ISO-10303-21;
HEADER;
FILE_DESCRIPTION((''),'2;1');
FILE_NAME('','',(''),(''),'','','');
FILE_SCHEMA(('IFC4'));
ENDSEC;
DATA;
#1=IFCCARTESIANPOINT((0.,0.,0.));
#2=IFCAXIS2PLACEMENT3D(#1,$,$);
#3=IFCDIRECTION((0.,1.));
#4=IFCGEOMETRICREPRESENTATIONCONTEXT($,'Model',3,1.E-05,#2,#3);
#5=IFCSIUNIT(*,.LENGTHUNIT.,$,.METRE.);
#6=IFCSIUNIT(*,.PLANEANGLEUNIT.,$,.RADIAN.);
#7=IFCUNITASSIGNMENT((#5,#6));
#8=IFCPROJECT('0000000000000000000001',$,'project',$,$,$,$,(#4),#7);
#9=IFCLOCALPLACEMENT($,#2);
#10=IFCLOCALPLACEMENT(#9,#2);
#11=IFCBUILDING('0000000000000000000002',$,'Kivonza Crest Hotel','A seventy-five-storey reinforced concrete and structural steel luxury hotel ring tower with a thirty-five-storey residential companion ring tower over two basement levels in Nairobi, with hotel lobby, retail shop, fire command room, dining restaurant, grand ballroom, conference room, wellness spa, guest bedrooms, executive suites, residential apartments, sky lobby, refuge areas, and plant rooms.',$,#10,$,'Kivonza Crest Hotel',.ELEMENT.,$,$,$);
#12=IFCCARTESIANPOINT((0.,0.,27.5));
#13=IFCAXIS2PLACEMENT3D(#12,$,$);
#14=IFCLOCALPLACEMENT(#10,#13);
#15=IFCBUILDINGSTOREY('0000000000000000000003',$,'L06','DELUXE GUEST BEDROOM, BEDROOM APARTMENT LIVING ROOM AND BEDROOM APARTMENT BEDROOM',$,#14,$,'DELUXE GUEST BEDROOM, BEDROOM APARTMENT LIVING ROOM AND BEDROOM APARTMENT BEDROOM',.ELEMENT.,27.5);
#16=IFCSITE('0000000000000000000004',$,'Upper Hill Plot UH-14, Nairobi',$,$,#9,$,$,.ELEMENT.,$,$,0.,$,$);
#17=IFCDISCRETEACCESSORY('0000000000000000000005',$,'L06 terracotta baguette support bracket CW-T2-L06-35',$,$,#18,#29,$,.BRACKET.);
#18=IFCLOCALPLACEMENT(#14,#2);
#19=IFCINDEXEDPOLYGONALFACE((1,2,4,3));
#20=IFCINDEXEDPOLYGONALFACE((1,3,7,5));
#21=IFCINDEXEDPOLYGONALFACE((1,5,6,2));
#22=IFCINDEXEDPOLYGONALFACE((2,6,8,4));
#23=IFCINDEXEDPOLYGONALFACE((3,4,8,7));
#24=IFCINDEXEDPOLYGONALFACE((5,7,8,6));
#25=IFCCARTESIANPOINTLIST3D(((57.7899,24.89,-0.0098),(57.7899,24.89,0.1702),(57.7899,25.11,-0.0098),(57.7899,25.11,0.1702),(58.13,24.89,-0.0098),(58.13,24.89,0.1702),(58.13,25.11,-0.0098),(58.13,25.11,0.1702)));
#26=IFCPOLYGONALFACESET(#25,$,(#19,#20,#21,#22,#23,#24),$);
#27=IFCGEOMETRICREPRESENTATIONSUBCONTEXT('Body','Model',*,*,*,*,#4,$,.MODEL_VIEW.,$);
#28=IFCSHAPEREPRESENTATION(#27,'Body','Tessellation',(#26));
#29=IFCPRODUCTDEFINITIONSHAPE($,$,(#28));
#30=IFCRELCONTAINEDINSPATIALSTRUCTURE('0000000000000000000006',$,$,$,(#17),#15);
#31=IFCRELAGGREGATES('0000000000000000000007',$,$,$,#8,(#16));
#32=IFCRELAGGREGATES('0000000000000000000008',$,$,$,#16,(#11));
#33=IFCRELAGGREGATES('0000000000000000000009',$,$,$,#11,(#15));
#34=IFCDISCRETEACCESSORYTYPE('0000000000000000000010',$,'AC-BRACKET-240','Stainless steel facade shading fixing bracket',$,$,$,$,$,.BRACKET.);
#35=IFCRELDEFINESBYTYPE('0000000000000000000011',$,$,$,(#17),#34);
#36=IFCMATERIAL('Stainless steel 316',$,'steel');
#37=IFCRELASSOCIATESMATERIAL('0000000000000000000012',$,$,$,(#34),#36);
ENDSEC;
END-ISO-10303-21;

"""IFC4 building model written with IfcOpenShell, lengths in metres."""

from ifc_helpers import new_model, si_unit, direction, frame, origin, origin_2d, place, context, subcontext, project, spatial, rectangle, extrude, material, type_object, element, save


model = new_model("IFC4")

# Units and contexts
model_context = context("Model", 3, precision=1e-05, world=origin(), true_north=direction((0.0, 1.0)))
body_context = subcontext(model_context, "Body", "Model", "MODEL_VIEW")
ifc_project = project(units=[si_unit("LENGTHUNIT", "METRE"), si_unit("PLANEANGLEUNIT", "RADIAN")], contexts=[model_context])

# Site, building, storey
site_placement = place(None, origin())
site = spatial("IfcSite", under=ifc_project, at=site_placement, Name="Upper Hill Plot UH-14, Nairobi", CompositionType="ELEMENT", RefElevation=0.0)
building_placement = place(site_placement, origin())
building = spatial("IfcBuilding", under=site, at=building_placement, Name="Kivonza Crest Hotel", Description="A seventy-five-storey reinforced concrete and structural steel luxury hotel ring tower with a thirty-five-storey residential companion ring tower over two basement levels in Nairobi, with hotel lobby, retail shop, fire command room, dining restaurant, grand ballroom, conference room, wellness spa, guest bedrooms, executive suites, residential apartments, sky lobby, refuge areas, and plant rooms.", LongName="Kivonza Crest Hotel", CompositionType="ELEMENT")
storey_placement = place(building_placement, frame((0.0, 0.0, 27.5)))
storey = spatial("IfcBuildingStorey", under=building, at=storey_placement, Name="L06", Description="DELUXE GUEST BEDROOM, BEDROOM APARTMENT LIVING ROOM AND BEDROOM APARTMENT BEDROOM", LongName="DELUXE GUEST BEDROOM, BEDROOM APARTMENT LIVING ROOM AND BEDROOM APARTMENT BEDROOM", CompositionType="ELEMENT", Elevation=27.5)

# Discrete accessory
ifc_material_1 = material(Name="Stainless steel 316", Category="steel")
discrete_accessory_type = type_object("IfcDiscreteAccessoryType", Name="AC-BRACKET-240", Description="Stainless steel facade shading fixing bracket", PredefinedType="BRACKET", material=ifc_material_1)
for number, where, z_axis, x_axis, name in (
    (1, (57.96, 25.0, -0.0098), (0.0, 0.0, 1.0), (0.0, -1.0, 0.0), "L06 terracotta baguette support bracket CW-T2-L06-35"),
):
    element("IfcDiscreteAccessory", number, at=place(storey_placement, frame(where, z_axis=z_axis, x_axis=x_axis)), inside=storey, type_object=discrete_accessory_type, Name=name, PredefinedType="BRACKET", context=body_context, shape_type="SweptSolid", body=[
        extrude(rectangle(XDim=0.22, YDim=0.3401, at=origin_2d()), origin(), (0.0, 0.0, 1.0), 0.1799),
    ])

save(model, "model.ifc")
